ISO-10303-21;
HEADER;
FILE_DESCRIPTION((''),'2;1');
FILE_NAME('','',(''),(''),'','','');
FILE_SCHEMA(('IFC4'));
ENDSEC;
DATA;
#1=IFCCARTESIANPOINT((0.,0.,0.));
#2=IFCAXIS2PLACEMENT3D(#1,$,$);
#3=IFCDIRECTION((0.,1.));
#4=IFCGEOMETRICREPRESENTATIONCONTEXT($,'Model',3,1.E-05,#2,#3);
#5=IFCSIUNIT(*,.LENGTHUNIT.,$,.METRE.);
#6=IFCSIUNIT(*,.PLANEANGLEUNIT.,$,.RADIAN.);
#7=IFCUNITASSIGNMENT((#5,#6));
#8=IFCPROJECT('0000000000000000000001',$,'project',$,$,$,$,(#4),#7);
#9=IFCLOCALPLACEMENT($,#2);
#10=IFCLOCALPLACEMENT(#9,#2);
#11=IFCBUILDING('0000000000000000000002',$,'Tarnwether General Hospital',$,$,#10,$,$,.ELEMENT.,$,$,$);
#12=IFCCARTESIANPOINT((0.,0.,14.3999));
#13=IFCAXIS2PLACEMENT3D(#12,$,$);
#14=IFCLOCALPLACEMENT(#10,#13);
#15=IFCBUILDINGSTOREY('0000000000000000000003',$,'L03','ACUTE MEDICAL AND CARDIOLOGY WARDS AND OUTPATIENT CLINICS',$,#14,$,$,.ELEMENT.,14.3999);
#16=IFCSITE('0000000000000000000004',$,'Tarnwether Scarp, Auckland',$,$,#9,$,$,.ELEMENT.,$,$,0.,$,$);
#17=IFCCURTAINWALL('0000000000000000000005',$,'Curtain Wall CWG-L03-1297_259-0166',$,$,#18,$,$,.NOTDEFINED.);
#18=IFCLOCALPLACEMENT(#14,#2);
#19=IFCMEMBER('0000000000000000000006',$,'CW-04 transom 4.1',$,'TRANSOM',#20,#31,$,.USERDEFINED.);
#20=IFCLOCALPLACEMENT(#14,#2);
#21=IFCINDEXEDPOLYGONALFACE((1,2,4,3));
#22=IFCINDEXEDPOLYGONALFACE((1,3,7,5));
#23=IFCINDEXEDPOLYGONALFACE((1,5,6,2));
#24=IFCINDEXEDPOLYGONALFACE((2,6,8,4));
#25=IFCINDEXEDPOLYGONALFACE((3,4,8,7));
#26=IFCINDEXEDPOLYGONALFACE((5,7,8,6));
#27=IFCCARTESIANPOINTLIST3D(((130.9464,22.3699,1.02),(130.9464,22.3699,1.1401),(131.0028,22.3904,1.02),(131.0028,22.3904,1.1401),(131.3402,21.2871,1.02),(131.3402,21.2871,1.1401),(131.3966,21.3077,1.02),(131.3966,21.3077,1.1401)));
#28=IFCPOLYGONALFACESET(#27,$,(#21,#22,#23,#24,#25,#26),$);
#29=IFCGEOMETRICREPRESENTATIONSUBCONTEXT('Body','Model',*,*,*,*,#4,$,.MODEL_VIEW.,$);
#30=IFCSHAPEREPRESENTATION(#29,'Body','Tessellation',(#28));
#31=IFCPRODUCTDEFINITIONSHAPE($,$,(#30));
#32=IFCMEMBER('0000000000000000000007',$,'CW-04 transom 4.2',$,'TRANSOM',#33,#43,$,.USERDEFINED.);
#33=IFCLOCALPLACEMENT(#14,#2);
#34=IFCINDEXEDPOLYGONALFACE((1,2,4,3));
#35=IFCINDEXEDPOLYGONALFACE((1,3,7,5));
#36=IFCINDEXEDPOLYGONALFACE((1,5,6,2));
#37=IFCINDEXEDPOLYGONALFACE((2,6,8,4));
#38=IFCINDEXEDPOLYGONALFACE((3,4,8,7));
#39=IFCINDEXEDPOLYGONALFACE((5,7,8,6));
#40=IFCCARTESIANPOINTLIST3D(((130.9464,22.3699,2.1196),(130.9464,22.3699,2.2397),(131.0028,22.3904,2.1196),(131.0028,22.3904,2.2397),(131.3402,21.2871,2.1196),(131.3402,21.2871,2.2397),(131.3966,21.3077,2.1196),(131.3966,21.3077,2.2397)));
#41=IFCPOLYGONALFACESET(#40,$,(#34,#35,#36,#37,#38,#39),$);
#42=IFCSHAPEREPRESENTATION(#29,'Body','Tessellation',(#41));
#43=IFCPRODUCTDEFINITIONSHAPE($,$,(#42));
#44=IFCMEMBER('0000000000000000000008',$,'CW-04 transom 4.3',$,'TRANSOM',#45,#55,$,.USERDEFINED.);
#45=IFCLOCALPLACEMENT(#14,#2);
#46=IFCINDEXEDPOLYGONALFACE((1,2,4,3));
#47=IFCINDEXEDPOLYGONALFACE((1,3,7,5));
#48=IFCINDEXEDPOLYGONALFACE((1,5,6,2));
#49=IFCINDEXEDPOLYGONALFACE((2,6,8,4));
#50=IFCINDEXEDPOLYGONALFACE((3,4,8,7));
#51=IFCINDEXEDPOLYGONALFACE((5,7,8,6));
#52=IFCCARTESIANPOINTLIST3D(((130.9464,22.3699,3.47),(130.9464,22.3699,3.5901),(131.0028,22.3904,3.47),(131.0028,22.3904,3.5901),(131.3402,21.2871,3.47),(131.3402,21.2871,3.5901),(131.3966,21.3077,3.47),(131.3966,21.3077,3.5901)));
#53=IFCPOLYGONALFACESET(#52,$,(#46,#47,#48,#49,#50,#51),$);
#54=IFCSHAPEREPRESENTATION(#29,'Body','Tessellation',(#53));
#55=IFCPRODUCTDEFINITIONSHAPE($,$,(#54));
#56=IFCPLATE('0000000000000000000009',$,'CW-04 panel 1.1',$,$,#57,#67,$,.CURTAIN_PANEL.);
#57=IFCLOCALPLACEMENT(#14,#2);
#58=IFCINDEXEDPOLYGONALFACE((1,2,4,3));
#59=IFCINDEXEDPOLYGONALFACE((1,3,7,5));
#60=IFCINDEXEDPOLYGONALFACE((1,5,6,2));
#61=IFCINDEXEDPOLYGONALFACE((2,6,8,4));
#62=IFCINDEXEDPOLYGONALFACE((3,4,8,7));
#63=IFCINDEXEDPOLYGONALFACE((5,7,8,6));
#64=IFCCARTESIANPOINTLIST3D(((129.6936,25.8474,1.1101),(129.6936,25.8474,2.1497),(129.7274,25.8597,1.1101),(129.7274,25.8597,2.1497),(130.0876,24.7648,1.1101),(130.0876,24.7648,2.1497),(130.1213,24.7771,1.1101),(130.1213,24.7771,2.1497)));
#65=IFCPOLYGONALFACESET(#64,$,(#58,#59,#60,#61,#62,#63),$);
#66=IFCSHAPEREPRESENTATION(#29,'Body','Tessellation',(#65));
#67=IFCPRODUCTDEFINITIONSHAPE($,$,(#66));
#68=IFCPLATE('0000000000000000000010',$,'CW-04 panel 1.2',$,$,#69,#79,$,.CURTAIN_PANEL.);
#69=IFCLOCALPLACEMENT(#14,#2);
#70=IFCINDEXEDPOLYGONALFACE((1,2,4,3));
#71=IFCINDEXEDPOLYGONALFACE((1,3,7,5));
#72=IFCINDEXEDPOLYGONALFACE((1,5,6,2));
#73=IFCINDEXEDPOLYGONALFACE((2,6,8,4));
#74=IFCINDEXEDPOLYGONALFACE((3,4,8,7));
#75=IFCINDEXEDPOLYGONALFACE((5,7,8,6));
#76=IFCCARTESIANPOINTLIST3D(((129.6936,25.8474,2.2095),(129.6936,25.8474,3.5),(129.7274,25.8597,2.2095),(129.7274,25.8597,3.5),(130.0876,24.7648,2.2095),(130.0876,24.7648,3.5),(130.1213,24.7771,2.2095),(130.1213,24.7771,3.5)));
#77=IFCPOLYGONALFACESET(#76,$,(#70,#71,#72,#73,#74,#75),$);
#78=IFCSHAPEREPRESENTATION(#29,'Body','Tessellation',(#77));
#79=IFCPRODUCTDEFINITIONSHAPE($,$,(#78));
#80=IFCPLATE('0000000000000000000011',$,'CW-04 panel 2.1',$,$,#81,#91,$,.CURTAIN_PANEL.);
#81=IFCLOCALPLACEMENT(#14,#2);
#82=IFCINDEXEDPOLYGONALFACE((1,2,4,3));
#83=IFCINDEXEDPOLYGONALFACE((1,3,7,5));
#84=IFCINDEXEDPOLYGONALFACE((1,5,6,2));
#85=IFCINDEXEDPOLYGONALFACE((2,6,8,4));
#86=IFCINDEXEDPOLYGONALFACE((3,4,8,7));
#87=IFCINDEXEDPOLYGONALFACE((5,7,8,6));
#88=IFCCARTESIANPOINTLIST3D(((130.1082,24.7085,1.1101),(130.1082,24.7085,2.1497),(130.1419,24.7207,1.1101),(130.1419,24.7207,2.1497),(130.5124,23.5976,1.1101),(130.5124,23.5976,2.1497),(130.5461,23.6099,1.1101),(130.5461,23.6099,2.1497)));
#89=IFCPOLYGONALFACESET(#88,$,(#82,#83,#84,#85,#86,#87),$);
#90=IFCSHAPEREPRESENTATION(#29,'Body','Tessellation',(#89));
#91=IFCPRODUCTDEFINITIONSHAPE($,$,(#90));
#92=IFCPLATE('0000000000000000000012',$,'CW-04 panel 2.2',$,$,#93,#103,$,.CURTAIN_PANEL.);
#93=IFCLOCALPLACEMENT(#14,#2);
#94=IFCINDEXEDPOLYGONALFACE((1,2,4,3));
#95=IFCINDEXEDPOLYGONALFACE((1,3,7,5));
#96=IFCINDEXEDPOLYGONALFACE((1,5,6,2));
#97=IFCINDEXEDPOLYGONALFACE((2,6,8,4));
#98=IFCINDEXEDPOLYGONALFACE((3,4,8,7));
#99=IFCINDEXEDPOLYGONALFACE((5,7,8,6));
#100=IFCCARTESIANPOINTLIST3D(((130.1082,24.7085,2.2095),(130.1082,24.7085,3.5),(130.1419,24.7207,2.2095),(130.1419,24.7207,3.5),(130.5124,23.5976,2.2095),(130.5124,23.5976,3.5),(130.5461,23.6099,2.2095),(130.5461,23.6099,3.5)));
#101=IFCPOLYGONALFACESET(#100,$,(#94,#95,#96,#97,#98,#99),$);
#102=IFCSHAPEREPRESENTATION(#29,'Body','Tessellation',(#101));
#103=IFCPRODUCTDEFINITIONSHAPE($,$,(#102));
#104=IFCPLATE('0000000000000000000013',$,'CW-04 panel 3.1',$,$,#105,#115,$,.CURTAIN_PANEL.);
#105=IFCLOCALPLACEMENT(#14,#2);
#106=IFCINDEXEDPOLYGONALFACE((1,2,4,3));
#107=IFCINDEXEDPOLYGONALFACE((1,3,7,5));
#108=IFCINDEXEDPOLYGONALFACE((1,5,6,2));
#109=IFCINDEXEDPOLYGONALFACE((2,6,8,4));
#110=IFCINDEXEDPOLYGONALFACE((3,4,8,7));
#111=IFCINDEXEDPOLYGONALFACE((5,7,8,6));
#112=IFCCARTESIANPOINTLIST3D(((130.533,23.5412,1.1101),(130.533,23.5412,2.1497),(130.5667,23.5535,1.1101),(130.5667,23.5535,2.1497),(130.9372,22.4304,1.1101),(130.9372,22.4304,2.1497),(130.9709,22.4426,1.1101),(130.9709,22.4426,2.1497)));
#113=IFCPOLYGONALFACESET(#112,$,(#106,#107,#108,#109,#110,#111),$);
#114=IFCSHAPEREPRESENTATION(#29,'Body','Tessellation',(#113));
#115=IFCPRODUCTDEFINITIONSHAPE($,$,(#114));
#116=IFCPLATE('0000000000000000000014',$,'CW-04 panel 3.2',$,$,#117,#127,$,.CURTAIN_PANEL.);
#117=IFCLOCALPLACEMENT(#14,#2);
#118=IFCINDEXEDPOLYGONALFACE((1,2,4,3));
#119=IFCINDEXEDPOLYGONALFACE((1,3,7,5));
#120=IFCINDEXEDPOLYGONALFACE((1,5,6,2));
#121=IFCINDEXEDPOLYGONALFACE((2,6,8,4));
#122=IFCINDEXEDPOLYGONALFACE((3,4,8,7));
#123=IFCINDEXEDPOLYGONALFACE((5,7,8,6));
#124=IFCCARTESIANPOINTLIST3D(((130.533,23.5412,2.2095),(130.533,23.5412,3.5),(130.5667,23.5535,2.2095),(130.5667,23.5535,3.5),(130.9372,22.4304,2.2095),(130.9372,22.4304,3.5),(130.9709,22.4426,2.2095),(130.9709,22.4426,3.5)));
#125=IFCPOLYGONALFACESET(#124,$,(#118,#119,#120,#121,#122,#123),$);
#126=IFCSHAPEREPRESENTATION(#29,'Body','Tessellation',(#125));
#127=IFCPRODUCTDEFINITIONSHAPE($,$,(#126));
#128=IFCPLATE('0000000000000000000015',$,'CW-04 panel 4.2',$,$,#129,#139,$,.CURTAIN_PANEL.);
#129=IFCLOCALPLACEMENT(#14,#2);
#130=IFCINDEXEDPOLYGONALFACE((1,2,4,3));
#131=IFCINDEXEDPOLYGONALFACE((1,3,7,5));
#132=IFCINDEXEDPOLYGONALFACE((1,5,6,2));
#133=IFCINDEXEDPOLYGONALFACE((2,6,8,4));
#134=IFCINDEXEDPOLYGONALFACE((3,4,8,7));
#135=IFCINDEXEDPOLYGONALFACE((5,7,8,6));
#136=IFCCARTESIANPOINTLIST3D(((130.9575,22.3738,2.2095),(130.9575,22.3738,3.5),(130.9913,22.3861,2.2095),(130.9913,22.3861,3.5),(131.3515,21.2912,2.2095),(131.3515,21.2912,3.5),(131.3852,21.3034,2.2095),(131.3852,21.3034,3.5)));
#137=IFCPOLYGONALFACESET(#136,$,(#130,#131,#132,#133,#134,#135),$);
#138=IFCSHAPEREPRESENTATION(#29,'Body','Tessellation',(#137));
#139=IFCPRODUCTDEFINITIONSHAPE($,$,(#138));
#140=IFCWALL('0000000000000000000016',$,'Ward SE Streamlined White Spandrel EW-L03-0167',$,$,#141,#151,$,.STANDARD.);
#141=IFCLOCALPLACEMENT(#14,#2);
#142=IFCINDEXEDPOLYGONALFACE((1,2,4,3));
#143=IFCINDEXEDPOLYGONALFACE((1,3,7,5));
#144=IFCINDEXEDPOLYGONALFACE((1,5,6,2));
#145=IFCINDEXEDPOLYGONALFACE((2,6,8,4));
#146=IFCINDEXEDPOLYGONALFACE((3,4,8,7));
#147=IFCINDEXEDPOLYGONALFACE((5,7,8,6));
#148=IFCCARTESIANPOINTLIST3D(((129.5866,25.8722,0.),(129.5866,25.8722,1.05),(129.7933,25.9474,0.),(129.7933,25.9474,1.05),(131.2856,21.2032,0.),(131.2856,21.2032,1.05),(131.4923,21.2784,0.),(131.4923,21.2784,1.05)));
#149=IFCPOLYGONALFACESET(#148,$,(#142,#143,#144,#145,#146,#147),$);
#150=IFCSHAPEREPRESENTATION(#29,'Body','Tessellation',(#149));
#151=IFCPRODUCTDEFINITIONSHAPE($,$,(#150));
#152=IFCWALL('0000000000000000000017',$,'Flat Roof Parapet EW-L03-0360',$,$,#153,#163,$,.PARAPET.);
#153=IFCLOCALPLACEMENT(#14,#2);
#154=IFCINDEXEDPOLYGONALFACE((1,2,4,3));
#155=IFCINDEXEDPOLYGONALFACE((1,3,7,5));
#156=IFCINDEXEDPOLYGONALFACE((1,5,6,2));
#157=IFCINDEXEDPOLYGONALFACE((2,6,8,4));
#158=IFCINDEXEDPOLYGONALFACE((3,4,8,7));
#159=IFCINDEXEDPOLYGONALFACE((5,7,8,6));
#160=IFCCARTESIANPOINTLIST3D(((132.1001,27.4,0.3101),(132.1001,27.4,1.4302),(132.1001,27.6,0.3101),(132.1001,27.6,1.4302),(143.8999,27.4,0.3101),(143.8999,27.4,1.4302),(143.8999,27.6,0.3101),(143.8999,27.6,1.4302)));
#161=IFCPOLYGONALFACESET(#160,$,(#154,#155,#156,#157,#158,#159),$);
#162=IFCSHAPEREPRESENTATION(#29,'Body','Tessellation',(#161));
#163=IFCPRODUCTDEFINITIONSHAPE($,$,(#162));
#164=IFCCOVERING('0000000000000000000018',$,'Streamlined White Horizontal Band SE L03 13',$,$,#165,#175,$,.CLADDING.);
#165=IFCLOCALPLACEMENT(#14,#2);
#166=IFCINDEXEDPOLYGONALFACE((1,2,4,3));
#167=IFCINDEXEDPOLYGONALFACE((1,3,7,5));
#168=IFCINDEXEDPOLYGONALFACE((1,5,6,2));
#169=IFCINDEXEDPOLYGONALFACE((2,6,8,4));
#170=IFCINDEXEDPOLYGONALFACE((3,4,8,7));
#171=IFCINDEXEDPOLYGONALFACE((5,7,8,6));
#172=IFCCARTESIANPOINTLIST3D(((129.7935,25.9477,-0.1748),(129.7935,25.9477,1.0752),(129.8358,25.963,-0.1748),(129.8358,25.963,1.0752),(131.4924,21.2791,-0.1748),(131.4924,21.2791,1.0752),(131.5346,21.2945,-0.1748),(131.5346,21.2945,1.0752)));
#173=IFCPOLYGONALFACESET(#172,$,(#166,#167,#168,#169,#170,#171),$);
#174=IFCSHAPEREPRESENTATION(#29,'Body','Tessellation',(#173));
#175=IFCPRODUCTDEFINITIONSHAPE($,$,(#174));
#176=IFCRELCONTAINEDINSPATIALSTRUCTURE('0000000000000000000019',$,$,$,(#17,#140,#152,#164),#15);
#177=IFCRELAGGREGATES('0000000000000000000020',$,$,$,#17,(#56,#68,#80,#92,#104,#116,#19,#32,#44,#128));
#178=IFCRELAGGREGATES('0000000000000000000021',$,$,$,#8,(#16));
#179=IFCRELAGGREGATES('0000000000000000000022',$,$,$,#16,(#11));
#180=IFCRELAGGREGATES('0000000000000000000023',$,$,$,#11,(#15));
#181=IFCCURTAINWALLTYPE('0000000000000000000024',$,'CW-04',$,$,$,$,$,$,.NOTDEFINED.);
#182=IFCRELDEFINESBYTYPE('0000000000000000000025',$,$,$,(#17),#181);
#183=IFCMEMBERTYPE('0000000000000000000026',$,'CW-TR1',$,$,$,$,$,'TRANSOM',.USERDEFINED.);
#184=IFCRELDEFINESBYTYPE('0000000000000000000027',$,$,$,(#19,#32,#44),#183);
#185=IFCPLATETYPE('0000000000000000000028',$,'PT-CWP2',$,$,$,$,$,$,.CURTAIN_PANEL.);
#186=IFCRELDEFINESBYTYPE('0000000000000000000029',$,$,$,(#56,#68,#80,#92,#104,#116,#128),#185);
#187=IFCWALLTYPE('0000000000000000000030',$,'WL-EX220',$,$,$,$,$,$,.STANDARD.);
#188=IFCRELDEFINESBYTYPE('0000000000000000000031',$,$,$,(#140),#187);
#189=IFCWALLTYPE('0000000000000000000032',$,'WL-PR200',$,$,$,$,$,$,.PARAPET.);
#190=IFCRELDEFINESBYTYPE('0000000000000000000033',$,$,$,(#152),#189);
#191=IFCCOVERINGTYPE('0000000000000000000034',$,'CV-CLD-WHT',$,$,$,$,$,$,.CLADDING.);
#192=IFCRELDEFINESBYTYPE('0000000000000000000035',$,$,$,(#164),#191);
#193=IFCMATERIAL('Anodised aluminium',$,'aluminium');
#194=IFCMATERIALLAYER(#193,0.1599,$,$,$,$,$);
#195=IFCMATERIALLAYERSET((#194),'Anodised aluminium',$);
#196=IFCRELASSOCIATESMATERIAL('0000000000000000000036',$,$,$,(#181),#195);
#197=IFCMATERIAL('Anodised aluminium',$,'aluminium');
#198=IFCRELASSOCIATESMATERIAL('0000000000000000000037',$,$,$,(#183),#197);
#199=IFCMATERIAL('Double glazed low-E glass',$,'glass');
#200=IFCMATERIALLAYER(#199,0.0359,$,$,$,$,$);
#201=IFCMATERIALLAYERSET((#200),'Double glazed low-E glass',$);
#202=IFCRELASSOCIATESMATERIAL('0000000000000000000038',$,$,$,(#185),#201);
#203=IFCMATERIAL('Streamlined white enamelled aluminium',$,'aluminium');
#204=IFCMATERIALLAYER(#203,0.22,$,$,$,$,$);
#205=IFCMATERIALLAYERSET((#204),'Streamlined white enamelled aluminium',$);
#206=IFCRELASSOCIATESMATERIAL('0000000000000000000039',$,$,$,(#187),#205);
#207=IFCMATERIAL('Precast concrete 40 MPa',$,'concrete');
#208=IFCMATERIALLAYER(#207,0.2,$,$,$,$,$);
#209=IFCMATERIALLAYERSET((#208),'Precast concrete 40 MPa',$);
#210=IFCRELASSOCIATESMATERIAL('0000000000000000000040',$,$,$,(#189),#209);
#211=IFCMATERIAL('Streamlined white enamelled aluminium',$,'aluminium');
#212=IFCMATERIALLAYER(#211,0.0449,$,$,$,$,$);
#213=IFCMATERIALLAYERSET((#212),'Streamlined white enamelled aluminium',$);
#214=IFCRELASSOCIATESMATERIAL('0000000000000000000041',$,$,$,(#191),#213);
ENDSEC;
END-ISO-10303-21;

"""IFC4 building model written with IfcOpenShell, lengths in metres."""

from ifc_helpers import new_model, si_unit, direction, frame, frame_2d, origin, origin_2d, place, context, subcontext, project, spatial, rectangle, extrude, material, layer, layer_set, material_profile, profile_set, type_object, element, aggregate, save


model = new_model("IFC4")

# Units and contexts
model_context = context("Model", 3, precision=1e-05, world=origin(), true_north=direction((0.0, 1.0)))
body_context = subcontext(model_context, "Body", "Model", "MODEL_VIEW")
ifc_project = project(units=[si_unit("LENGTHUNIT", "METRE"), si_unit("PLANEANGLEUNIT", "RADIAN")], contexts=[model_context])

# Site, building, storey
site_placement = place(None, origin())
site = spatial("IfcSite", under=ifc_project, at=site_placement, Name="Tarnwether Scarp, Auckland", CompositionType="ELEMENT", RefElevation=0.0)
building_placement = place(site_placement, origin())
building = spatial("IfcBuilding", under=site, at=building_placement, Name="Tarnwether General Hospital", CompositionType="ELEMENT")
storey_placement = place(building_placement, frame((0.0, 0.0, 14.3999)))
storey = spatial("IfcBuildingStorey", under=building, at=storey_placement, Name="L03", Description="ACUTE MEDICAL AND CARDIOLOGY WARDS AND OUTPATIENT CLINICS", CompositionType="ELEMENT", Elevation=14.3999)

# Curtain wall
ifc_material_1 = material(Name="Anodised aluminium", Category="aluminium")
ifc_layer_1 = layer(ifc_material_1, 0.1599)
ifc_layer_set_1 = layer_set([ifc_layer_1], Name="Anodised aluminium")
curtain_wall_type = type_object("IfcCurtainWallType", Name="CW-04", PredefinedType="NOTDEFINED", material=ifc_layer_set_1)
curtain_wall_1_placement = place(storey_placement, origin())
curtain_wall_1 = element("IfcCurtainWall", 1, at=curtain_wall_1_placement, inside=storey, type_object=curtain_wall_type, Name="Curtain Wall CWG-L03-1297_259-0166", PredefinedType="NOTDEFINED")

# Members
ifc_material_2 = material(Name="Anodised aluminium", Category="aluminium")
ifc_material_profile_1 = material_profile(ifc_material_2, rectangle(XDim=0.0601, YDim=0.1201, at=origin_2d()), Name="ALU-TRN-60x120")
ifc_profile_set_1 = profile_set([ifc_material_profile_1], Name="Anodised aluminium")
member_type_1 = type_object("IfcMemberType", Name="CW-TR1", ElementType="TRANSOM", PredefinedType="USERDEFINED", material=ifc_profile_set_1)
member_1_placement = place(storey_placement, frame((130.9746, 22.3801, 1.0801), z_axis=(0.341794, -0.939775, 0.0), x_axis=(0.939775, 0.341794, 0.0)))
member_1 = element("IfcMember", 2, at=member_1_placement, type_object=member_type_1, Name="CW-04 transom 4.1", ObjectType="TRANSOM", PredefinedType="USERDEFINED", context=body_context, shape_type="SweptSolid", body=[
    extrude(rectangle(XDim=0.0601, YDim=0.1201, at=origin_2d()), origin(), (0.0, 0.0, 1.0), 1.1521),
])
member_2_placement = place(storey_placement, frame((130.9746, 22.3801, 2.1797), z_axis=(0.341794, -0.939775, 0.0), x_axis=(0.939775, 0.341794, 0.0)))
member_2 = element("IfcMember", 3, at=member_2_placement, type_object=member_type_1, Name="CW-04 transom 4.2", ObjectType="TRANSOM", PredefinedType="USERDEFINED", context=body_context, shape_type="SweptSolid", body=[
    extrude(rectangle(XDim=0.0601, YDim=0.1201, at=origin_2d()), origin(), (0.0, 0.0, 1.0), 1.1521),
])
member_3_placement = place(storey_placement, frame((130.9746, 22.3801, 3.53), z_axis=(0.341794, -0.939775, 0.0), x_axis=(0.939775, 0.341794, 0.0)))
member_3 = element("IfcMember", 4, at=member_3_placement, type_object=member_type_1, Name="CW-04 transom 4.3", ObjectType="TRANSOM", PredefinedType="USERDEFINED", context=body_context, shape_type="SweptSolid", body=[
    extrude(rectangle(XDim=0.0601, YDim=0.1201, at=origin_2d()), origin(), (0.0, 0.0, 1.0), 1.1521),
])

# Plates
ifc_material_3 = material(Name="Double glazed low-E glass", Category="glass")
ifc_layer_2 = layer(ifc_material_3, 0.0359)
ifc_layer_set_2 = layer_set([ifc_layer_2], Name="Double glazed low-E glass")
plate_type = type_object("IfcPlateType", Name="PT-CWP2", PredefinedType="CURTAIN_PANEL", material=ifc_layer_set_2)
plate_1_placement = place(storey_placement, frame((129.9075, 25.3123, 1.1101), z_axis=(0.0, 0.0, 1.0), x_axis=(0.341953, -0.939717, 0.0)))
plate_1 = element("IfcPlate", 5, at=plate_1_placement, type_object=plate_type, Name="CW-04 panel 1.1", PredefinedType="CURTAIN_PANEL", context=body_context, shape_type="SweptSolid", body=[
    extrude(rectangle(XDim=1.1521, YDim=0.0359, at=origin_2d()), origin(), (0.0, 0.0, 1.0), 1.0396),
])
plate_2_placement = place(storey_placement, frame((129.9075, 25.3123, 2.2095), z_axis=(0.0, 0.0, 1.0), x_axis=(0.341953, -0.939717, 0.0)))
plate_2 = element("IfcPlate", 6, at=plate_2_placement, type_object=plate_type, Name="CW-04 panel 1.2", PredefinedType="CURTAIN_PANEL", context=body_context, shape_type="SweptSolid", body=[
    extrude(rectangle(XDim=1.1521, YDim=0.0359, at=origin_2d()), origin(), (0.0, 0.0, 1.0), 1.2905),
])
plate_3_placement = place(storey_placement, frame((130.3271, 24.1592, 1.1101), z_axis=(0.0, 0.0, 1.0), x_axis=(0.341953, -0.939717, 0.0)))
plate_3 = element("IfcPlate", 7, at=plate_3_placement, type_object=plate_type, Name="CW-04 panel 2.1", PredefinedType="CURTAIN_PANEL", context=body_context, shape_type="SweptSolid", body=[
    extrude(rectangle(XDim=1.1821, YDim=0.0359, at=origin_2d()), origin(), (0.0, 0.0, 1.0), 1.0396),
])
plate_4_placement = place(storey_placement, frame((130.3271, 24.1592, 2.2095), z_axis=(0.0, 0.0, 1.0), x_axis=(0.341953, -0.939717, 0.0)))
plate_4 = element("IfcPlate", 8, at=plate_4_placement, type_object=plate_type, Name="CW-04 panel 2.2", PredefinedType="CURTAIN_PANEL", context=body_context, shape_type="SweptSolid", body=[
    extrude(rectangle(XDim=1.1821, YDim=0.0359, at=origin_2d()), origin(), (0.0, 0.0, 1.0), 1.2905),
])
plate_5_placement = place(storey_placement, frame((130.752, 22.9919, 1.1101), z_axis=(0.0, 0.0, 1.0), x_axis=(0.341953, -0.939717, 0.0)))
plate_5 = element("IfcPlate", 9, at=plate_5_placement, type_object=plate_type, Name="CW-04 panel 3.1", PredefinedType="CURTAIN_PANEL", context=body_context, shape_type="SweptSolid", body=[
    extrude(rectangle(XDim=1.1821, YDim=0.0359, at=origin_2d()), origin(), (0.0, 0.0, 1.0), 1.0396),
])
plate_6_placement = place(storey_placement, frame((130.752, 22.9919, 2.2095), z_axis=(0.0, 0.0, 1.0), x_axis=(0.341953, -0.939717, 0.0)))
plate_6 = element("IfcPlate", 10, at=plate_6_placement, type_object=plate_type, Name="CW-04 panel 3.2", PredefinedType="CURTAIN_PANEL", context=body_context, shape_type="SweptSolid", body=[
    extrude(rectangle(XDim=1.1821, YDim=0.0359, at=origin_2d()), origin(), (0.0, 0.0, 1.0), 1.2905),
])
plate_7_placement = place(storey_placement, frame((131.1714, 21.8386, 2.2095), z_axis=(0.0, 0.0, 1.0), x_axis=(0.341953, -0.939717, 0.0)))
plate_7 = element("IfcPlate", 11, at=plate_7_placement, type_object=plate_type, Name="CW-04 panel 4.2", PredefinedType="CURTAIN_PANEL", context=body_context, shape_type="SweptSolid", body=[
    extrude(rectangle(XDim=1.1521, YDim=0.0359, at=origin_2d()), origin(), (0.0, 0.0, 1.0), 1.2905),
])
aggregate(curtain_wall_1, [plate_1, plate_2, plate_3, plate_4, plate_5, plate_6, member_1, member_2, member_3, plate_7])

# Walls
ifc_material_4 = material(Name="Streamlined white enamelled aluminium", Category="aluminium")
ifc_layer_3 = layer(ifc_material_4, 0.22)
ifc_layer_set_3 = layer_set([ifc_layer_3], Name="Streamlined white enamelled aluminium")
wall_type_1 = type_object("IfcWallType", Name="WL-EX220", PredefinedType="STANDARD", material=ifc_layer_set_3)
wall_1_placement = place(storey_placement, frame((129.6899, 25.9099, 0.0), z_axis=(0.0, 0.0, 1.0), x_axis=(0.341952, -0.939717, 0.0)))
element("IfcWall", 12, at=wall_1_placement, inside=storey, type_object=wall_type_1, Name="Ward SE Streamlined White Spandrel EW-L03-0167", PredefinedType="STANDARD", context=body_context, shape_type="SweptSolid", body=[
    extrude(rectangle(XDim=4.9685, YDim=0.22, at=frame_2d((2.4844, 0.0))), origin(), (0.0, 0.0, 1.0), 1.05),
])
ifc_material_5 = material(Name="Precast concrete 40 MPa", Category="concrete")
ifc_layer_4 = layer(ifc_material_5, 0.2)
ifc_layer_set_4 = layer_set([ifc_layer_4], Name="Precast concrete 40 MPa")
wall_type_2 = type_object("IfcWallType", Name="WL-PR200", PredefinedType="PARAPET", material=ifc_layer_set_4)
wall_2_placement = place(storey_placement, frame((132.1001, 27.5, 0.3101), z_axis=(0.0, 0.0, 1.0), x_axis=(1.0, 0.0, 0.0)))
element("IfcWall", 13, at=wall_2_placement, inside=storey, type_object=wall_type_2, Name="Flat Roof Parapet EW-L03-0360", PredefinedType="PARAPET", context=body_context, shape_type="SweptSolid", body=[
    extrude(rectangle(XDim=11.7998, YDim=0.2, at=frame_2d((5.8999, 0.0))), origin(), (0.0, 0.0, 1.0), 1.1201),
])

# Covering
ifc_material_6 = material(Name="Streamlined white enamelled aluminium", Category="aluminium")
ifc_layer_5 = layer(ifc_material_6, 0.0449)
ifc_layer_set_5 = layer_set([ifc_layer_5], Name="Streamlined white enamelled aluminium")
covering_type = type_object("IfcCoveringType", Name="CV-CLD-WHT", PredefinedType="CLADDING", material=ifc_layer_set_5)
covering_placement = place(storey_placement, frame((130.6641, 23.6211, -0.1748), z_axis=(0.0, 0.0, 1.0), x_axis=(0.341955, -0.939716, 0.0)))
element("IfcCovering", 14, at=covering_placement, inside=storey, type_object=covering_type, Name="Streamlined White Horizontal Band SE L03 13", PredefinedType="CLADDING", context=body_context, shape_type="SweptSolid", body=[
    extrude(rectangle(XDim=4.968, YDim=0.0449, at=origin_2d()), origin(), (0.0, 0.0, 1.0), 1.25),
])

save(model, "model.ifc")
